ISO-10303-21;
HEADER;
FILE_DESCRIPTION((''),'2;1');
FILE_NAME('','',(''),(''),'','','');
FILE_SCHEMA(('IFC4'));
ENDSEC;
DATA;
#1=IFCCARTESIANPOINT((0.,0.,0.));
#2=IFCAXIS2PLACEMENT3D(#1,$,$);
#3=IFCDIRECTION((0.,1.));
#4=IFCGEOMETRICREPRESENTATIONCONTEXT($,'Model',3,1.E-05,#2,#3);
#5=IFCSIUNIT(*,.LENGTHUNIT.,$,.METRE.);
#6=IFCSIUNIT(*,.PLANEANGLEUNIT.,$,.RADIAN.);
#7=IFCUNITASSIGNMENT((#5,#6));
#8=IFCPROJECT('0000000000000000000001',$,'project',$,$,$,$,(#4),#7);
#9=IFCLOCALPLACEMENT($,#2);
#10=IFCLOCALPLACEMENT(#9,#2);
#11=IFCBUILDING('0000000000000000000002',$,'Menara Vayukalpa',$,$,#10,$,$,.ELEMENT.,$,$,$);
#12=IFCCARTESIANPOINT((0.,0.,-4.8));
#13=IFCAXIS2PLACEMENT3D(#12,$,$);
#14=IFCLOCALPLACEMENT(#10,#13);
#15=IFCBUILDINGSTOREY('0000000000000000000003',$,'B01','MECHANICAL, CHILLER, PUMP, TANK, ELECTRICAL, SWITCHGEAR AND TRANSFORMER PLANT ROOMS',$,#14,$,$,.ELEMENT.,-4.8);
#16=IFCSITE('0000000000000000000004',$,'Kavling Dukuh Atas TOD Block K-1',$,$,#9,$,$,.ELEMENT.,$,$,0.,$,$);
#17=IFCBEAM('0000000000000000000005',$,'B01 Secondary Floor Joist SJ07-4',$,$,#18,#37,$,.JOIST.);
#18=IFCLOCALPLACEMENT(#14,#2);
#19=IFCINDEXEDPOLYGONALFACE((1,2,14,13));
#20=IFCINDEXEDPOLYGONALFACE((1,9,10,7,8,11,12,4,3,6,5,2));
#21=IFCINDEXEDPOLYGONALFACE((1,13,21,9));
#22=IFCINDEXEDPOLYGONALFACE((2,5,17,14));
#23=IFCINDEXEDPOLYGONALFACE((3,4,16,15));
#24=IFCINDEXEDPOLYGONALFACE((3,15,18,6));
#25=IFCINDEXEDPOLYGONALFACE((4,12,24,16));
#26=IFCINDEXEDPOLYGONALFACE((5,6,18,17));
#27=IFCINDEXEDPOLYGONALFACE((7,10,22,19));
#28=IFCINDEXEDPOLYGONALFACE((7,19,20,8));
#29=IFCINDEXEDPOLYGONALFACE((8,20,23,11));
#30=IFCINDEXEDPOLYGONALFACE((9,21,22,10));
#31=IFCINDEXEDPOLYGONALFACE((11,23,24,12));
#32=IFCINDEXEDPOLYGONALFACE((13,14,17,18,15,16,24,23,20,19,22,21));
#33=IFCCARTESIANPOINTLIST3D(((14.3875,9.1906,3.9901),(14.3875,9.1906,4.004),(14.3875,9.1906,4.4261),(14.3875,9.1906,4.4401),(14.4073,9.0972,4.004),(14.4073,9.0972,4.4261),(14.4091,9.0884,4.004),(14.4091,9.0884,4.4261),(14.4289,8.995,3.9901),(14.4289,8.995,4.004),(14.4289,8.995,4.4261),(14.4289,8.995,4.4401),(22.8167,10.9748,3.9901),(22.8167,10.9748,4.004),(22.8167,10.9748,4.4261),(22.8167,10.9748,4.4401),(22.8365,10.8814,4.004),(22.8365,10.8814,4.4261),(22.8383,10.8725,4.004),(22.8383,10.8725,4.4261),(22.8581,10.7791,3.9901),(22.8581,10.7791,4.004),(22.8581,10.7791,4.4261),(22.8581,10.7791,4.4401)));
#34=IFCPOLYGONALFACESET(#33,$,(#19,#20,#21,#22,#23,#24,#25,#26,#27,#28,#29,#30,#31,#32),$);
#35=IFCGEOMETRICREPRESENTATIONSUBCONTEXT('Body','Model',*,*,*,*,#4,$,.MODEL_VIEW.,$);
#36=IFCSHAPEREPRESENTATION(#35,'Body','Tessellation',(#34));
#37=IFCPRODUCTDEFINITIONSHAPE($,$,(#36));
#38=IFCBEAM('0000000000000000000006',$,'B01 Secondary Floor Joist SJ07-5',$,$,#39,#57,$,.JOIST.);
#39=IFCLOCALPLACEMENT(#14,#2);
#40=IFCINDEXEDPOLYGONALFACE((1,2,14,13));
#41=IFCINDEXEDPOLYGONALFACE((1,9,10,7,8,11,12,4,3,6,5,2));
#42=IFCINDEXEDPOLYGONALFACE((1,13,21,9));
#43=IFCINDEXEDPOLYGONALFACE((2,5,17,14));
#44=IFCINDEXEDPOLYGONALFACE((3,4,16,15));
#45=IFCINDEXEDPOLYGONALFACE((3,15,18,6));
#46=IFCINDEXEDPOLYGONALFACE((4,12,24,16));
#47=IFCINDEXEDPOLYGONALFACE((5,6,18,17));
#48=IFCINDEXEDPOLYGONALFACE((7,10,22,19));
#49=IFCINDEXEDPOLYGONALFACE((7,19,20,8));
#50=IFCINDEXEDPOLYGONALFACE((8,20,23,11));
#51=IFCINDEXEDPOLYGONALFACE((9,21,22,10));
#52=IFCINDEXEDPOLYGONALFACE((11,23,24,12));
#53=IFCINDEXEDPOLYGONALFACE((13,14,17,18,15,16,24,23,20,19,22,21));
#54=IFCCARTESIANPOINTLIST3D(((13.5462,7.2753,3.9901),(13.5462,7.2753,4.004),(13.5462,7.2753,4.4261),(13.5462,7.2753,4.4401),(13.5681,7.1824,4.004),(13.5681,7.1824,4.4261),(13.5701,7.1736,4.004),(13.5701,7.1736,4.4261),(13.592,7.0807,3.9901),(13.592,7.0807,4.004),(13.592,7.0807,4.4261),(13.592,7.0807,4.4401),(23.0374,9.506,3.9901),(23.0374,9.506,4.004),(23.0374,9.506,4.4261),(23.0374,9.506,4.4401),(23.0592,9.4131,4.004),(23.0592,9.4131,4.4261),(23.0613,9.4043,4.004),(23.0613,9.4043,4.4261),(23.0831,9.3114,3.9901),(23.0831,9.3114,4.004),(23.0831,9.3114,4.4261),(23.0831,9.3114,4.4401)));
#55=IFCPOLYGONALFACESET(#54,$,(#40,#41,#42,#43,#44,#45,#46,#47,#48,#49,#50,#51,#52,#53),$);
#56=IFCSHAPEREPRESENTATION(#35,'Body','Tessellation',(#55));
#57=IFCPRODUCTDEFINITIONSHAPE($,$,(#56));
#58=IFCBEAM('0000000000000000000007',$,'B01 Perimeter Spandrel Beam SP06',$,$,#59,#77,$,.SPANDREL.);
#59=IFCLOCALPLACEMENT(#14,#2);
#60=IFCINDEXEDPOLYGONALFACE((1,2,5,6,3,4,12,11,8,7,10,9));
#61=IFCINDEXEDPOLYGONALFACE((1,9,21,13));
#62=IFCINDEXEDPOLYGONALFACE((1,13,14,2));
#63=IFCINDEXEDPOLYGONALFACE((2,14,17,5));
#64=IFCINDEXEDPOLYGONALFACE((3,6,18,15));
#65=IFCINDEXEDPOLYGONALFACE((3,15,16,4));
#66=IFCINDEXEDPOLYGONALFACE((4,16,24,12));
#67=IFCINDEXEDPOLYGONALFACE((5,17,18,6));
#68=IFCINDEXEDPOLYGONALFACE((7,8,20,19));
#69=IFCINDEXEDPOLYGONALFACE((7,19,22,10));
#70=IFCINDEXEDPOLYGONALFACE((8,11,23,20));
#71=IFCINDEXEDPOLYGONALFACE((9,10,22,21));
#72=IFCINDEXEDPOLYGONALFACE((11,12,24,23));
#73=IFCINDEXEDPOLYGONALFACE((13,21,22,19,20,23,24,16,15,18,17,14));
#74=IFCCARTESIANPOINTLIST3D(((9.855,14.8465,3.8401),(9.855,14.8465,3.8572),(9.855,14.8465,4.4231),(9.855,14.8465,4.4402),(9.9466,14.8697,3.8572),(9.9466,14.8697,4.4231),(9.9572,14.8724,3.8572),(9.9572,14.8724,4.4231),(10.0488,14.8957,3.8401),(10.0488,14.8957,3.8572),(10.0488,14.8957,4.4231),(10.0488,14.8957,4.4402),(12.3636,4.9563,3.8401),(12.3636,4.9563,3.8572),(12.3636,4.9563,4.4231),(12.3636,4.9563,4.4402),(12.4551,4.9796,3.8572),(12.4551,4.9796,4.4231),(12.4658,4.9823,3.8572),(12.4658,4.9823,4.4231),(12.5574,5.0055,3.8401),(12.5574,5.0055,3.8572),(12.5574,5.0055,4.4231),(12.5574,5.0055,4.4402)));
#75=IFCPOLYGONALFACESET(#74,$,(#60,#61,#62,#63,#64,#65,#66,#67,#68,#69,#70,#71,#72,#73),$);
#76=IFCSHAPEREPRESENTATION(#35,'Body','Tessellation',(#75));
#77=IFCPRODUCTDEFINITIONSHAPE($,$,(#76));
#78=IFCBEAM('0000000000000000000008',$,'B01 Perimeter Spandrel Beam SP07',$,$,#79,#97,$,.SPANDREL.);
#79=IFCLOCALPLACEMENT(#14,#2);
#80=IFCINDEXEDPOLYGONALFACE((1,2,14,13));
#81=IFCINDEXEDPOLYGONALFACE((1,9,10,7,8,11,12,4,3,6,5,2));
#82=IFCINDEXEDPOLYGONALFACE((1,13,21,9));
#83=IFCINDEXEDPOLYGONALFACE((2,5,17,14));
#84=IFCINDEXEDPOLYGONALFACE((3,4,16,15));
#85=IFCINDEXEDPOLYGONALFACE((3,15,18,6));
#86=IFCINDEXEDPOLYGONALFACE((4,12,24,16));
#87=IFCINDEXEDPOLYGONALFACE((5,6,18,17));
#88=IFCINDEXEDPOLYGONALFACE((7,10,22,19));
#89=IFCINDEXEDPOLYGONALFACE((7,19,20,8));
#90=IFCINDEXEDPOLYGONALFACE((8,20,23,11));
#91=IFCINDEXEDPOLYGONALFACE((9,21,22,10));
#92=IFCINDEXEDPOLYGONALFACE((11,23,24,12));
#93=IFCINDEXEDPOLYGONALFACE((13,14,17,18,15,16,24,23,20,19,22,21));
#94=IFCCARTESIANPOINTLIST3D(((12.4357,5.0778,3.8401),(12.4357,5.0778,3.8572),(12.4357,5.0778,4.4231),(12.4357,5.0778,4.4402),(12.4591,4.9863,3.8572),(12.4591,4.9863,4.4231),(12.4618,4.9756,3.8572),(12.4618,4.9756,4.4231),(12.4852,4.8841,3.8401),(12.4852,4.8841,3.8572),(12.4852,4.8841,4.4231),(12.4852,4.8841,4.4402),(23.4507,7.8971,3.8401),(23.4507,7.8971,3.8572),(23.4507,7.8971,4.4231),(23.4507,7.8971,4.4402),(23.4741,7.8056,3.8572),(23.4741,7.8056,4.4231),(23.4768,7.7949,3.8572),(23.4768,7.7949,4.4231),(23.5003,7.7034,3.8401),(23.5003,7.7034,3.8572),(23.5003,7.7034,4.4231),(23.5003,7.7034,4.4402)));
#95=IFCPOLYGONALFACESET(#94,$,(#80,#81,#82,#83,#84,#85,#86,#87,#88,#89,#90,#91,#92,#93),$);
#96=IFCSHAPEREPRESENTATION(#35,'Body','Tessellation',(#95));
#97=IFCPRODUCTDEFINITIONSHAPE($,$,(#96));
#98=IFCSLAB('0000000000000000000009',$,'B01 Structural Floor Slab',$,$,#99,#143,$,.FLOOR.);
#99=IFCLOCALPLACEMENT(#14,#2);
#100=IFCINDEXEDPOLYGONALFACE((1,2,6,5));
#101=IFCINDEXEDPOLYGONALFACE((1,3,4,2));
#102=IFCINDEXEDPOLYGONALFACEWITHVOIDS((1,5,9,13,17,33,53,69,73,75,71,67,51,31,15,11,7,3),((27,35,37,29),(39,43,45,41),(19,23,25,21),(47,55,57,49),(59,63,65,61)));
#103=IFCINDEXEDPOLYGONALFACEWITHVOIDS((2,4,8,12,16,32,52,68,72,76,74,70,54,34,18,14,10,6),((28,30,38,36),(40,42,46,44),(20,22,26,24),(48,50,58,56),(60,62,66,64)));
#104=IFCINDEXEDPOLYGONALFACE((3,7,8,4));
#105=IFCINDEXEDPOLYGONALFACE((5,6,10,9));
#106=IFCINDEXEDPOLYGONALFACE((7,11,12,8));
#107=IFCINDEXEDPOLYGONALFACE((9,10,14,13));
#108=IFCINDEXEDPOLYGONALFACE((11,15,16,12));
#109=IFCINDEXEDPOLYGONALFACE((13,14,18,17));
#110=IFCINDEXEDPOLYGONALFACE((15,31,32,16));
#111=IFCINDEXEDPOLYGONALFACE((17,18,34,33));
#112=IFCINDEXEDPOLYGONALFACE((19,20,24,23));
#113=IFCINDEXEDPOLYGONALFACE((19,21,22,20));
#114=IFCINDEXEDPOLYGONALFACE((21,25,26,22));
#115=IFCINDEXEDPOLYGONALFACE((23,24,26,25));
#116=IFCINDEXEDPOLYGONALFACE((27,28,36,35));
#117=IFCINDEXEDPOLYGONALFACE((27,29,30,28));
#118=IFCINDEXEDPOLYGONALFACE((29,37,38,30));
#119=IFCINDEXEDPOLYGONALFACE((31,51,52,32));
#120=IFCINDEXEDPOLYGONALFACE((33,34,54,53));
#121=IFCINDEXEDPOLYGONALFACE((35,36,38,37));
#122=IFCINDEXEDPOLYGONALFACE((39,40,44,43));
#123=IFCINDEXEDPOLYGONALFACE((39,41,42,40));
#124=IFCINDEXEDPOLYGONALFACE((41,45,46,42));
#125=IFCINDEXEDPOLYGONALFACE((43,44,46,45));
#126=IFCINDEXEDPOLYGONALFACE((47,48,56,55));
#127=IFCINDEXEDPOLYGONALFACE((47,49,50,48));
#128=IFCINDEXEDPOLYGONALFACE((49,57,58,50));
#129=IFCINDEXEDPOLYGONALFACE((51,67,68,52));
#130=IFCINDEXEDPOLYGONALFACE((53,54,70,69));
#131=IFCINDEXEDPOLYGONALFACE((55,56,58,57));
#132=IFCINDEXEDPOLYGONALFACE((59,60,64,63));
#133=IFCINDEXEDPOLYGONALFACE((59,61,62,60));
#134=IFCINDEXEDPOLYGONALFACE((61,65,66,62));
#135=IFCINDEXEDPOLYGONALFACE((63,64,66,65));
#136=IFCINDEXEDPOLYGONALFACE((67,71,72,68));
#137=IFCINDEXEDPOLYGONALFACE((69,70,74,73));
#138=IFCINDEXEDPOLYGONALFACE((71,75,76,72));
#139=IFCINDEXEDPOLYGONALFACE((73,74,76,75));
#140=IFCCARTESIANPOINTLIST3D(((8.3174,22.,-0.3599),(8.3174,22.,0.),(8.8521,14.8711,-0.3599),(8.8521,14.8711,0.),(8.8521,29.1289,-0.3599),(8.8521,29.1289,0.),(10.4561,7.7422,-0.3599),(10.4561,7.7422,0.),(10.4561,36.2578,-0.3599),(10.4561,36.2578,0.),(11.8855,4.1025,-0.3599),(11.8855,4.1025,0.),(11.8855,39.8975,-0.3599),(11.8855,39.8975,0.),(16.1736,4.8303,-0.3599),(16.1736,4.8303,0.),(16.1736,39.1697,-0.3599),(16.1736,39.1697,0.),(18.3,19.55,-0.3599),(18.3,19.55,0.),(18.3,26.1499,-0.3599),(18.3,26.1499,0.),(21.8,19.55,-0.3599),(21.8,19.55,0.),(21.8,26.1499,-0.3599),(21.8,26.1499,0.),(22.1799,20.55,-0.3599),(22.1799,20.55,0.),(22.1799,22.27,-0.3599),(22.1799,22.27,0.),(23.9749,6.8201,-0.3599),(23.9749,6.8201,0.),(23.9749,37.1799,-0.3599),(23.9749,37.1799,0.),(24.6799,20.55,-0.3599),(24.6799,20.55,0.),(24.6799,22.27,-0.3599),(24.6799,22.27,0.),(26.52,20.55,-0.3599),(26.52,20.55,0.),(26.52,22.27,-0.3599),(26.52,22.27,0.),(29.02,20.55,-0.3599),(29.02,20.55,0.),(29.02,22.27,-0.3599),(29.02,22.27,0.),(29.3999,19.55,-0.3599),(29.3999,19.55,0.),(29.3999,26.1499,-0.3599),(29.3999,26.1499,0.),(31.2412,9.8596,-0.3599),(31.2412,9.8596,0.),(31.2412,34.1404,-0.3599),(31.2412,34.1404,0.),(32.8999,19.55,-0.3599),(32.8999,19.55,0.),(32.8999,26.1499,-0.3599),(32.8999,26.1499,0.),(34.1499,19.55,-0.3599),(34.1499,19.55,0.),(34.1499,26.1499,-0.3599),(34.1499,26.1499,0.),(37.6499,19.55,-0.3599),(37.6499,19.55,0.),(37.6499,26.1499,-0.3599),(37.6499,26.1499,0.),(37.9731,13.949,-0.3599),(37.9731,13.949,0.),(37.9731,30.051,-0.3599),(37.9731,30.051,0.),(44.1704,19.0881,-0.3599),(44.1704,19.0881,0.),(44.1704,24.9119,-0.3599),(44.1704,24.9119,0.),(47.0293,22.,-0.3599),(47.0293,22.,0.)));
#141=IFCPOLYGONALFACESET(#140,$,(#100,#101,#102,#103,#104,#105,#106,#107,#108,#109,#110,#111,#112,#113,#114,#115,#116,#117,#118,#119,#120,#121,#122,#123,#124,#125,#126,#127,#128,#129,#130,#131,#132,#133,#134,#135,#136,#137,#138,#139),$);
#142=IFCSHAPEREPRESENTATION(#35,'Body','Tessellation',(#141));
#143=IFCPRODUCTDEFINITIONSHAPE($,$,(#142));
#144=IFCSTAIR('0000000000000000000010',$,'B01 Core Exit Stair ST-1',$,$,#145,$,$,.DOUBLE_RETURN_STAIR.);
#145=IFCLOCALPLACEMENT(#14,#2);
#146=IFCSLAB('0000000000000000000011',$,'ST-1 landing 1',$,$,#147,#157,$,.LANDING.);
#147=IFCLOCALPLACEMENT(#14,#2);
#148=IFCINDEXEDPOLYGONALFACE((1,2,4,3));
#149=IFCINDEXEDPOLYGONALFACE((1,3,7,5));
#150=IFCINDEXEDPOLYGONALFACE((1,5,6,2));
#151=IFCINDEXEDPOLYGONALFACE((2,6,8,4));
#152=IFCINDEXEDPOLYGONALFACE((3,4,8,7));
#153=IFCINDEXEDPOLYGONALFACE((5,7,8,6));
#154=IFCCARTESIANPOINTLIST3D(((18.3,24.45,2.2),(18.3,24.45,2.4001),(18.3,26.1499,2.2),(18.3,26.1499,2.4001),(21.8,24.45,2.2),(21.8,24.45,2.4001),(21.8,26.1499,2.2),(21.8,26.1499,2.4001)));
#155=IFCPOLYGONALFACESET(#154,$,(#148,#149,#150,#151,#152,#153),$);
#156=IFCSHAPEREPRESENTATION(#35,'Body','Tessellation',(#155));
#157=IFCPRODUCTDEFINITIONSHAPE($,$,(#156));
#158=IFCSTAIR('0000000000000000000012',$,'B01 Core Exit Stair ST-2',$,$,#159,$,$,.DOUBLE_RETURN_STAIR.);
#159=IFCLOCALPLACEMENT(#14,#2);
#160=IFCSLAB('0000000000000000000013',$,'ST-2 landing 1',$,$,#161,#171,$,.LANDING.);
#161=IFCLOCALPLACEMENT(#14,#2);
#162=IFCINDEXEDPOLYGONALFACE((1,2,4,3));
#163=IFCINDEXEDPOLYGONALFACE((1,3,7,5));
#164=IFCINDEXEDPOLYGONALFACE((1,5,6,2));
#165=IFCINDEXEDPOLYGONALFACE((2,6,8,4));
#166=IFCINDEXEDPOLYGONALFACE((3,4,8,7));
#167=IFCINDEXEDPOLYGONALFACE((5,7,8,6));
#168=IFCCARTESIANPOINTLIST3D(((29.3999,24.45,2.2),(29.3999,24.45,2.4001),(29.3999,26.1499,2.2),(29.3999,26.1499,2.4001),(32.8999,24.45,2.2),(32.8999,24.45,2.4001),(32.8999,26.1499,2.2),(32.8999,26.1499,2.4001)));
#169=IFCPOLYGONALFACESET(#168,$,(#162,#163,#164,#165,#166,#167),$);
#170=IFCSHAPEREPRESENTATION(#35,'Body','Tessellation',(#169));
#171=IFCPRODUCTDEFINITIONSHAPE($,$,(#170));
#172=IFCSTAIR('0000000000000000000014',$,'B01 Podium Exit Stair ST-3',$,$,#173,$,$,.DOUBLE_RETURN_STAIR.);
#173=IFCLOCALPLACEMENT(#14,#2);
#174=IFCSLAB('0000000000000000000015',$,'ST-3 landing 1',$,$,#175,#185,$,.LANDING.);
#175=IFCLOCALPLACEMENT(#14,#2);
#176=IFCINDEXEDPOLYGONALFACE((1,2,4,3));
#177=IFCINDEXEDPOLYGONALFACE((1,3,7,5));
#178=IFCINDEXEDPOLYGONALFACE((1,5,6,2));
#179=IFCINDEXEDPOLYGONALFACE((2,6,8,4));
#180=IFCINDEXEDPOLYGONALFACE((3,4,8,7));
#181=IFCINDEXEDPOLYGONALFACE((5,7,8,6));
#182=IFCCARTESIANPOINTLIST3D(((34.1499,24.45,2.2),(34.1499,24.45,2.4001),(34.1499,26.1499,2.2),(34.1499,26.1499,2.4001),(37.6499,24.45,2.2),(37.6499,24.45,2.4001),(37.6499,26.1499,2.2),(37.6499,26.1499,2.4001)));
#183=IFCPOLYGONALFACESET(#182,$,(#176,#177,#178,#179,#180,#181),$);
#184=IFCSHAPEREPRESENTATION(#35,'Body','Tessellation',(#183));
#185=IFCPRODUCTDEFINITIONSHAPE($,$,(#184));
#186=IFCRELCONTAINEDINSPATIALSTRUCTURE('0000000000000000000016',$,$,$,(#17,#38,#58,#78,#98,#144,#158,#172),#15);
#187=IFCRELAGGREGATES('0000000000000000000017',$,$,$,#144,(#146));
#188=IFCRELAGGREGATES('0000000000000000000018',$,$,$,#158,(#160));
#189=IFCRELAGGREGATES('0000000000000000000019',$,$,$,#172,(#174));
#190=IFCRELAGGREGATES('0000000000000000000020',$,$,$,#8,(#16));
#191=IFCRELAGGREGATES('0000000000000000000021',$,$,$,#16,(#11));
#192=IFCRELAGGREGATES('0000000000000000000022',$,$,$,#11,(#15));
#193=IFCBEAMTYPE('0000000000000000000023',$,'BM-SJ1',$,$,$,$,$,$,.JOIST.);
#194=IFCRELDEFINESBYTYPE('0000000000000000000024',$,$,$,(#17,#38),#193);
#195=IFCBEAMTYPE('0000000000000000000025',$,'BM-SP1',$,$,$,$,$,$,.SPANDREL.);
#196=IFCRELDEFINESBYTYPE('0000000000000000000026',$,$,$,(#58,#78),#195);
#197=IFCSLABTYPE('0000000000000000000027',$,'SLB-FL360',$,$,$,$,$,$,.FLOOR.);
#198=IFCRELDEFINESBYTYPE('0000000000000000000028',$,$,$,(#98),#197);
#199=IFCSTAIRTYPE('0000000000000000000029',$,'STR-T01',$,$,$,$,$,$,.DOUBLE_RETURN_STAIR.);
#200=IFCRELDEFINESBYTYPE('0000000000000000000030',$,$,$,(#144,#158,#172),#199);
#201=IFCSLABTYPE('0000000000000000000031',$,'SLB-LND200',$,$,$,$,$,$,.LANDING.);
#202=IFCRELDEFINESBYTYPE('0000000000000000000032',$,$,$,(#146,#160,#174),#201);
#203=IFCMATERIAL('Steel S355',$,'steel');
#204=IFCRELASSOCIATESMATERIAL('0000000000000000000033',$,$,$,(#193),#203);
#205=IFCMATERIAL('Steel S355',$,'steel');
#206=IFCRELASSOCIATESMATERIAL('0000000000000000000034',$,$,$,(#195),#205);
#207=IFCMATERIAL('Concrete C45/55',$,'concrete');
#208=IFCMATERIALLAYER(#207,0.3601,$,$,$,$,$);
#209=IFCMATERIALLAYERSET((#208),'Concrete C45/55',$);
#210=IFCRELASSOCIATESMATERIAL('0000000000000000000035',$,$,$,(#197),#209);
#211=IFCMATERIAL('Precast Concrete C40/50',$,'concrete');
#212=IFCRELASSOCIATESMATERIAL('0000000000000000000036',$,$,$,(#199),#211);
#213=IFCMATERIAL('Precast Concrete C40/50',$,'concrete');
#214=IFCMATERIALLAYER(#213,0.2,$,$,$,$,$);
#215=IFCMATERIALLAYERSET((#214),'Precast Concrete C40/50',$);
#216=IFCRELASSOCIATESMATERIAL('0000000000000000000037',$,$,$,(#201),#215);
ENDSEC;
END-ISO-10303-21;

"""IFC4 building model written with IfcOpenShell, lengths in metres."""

from ifc_helpers import new_model, si_unit, direction, frame, origin, origin_2d, place, context, subcontext, project, spatial, polyline, i_section, outline, extrude, material, layer, layer_set, material_profile, profile_set, type_object, element, aggregate, save


model = new_model("IFC4")

# Units and contexts
model_context = context("Model", 3, precision=1e-05, world=origin(), true_north=direction((0.0, 1.0)))
body_context = subcontext(model_context, "Body", "Model", "MODEL_VIEW")
ifc_project = project(units=[si_unit("LENGTHUNIT", "METRE"), si_unit("PLANEANGLEUNIT", "RADIAN")], contexts=[model_context])

# Site, building, storey
site_placement = place(None, origin())
site = spatial("IfcSite", under=ifc_project, at=site_placement, Name="Kavling Dukuh Atas TOD Block K-1", CompositionType="ELEMENT", RefElevation=0.0)
building_placement = place(site_placement, origin())
building = spatial("IfcBuilding", under=site, at=building_placement, Name="Menara Vayukalpa", CompositionType="ELEMENT")
storey_placement = place(building_placement, frame((0.0, 0.0, -4.8)))
storey = spatial("IfcBuildingStorey", under=building, at=storey_placement, Name="B01", Description="MECHANICAL, CHILLER, PUMP, TANK, ELECTRICAL, SWITCHGEAR AND TRANSFORMER PLANT ROOMS", CompositionType="ELEMENT", Elevation=-4.8)

# Beams
ifc_material_1 = material(Name="Steel S355", Category="steel")
ifc_material_profile_1 = material_profile(ifc_material_1, i_section(OverallWidth=0.2, OverallDepth=0.45, WebThickness=0.009, FlangeThickness=0.0139, at=origin_2d()), Name="WF 450x200x9x14")
ifc_profile_set_1 = profile_set([ifc_material_profile_1], Name="Steel S355")
beam_type_1 = type_object("IfcBeamType", Name="BM-SJ1", PredefinedType="JOIST", material=ifc_profile_set_1)
beam_1_placement = place(storey_placement, frame((14.4082, 9.0928, 4.2151), z_axis=(0.978324, 0.207079, 0.0), x_axis=(-0.207079, 0.978324, 0.0)))
element("IfcBeam", 1, at=beam_1_placement, inside=storey, type_object=beam_type_1, Name="B01 Secondary Floor Joist SJ07-4", PredefinedType="JOIST", context=body_context, shape_type="SweptSolid", body=[
    extrude(i_section(OverallWidth=0.2, OverallDepth=0.45, WebThickness=0.009, FlangeThickness=0.0139, at=origin_2d()), origin(), (0.0, 0.0, 1.0), 8.616),
])
beam_2_placement = place(storey_placement, frame((13.5691, 7.178, 4.2151), z_axis=(0.973475, 0.228795, 0.0), x_axis=(-0.228795, 0.973475, 0.0)))
element("IfcBeam", 2, at=beam_2_placement, inside=storey, type_object=beam_type_1, Name="B01 Secondary Floor Joist SJ07-5", PredefinedType="JOIST", context=body_context, shape_type="SweptSolid", body=[
    extrude(i_section(OverallWidth=0.2, OverallDepth=0.45, WebThickness=0.009, FlangeThickness=0.0139, at=origin_2d()), origin(), (0.0, 0.0, 1.0), 9.7498),
])
ifc_material_2 = material(Name="Steel S355", Category="steel")
ifc_material_profile_2 = material_profile(ifc_material_2, i_section(OverallWidth=0.2, OverallDepth=0.6001, WebThickness=0.011, FlangeThickness=0.0171, at=origin_2d()), Name="WF 600x200x11x17")
ifc_profile_set_2 = profile_set([ifc_material_profile_2], Name="Steel S355")
beam_type_2 = type_object("IfcBeamType", Name="BM-SP1", PredefinedType="SPANDREL", material=ifc_profile_set_2)
beam_3_placement = place(storey_placement, frame((9.9519, 14.8711, 4.1401), z_axis=(0.245856, -0.969306, 0.0), x_axis=(0.969306, 0.245856, 0.0)))
element("IfcBeam", 3, at=beam_3_placement, inside=storey, type_object=beam_type_2, Name="B01 Perimeter Spandrel Beam SP06", PredefinedType="SPANDREL", context=body_context, shape_type="SweptSolid", body=[
    extrude(i_section(OverallWidth=0.2, OverallDepth=0.6001, WebThickness=0.011, FlangeThickness=0.0171, at=origin_2d()), origin(), (0.0, 0.0, 1.0), 10.2034),
])
beam_4_placement = place(storey_placement, frame((12.4604, 4.981, 4.1401), z_axis=(0.968771, 0.247958, 0.0), x_axis=(-0.247958, 0.968771, 0.0)))
element("IfcBeam", 4, at=beam_4_placement, inside=storey, type_object=beam_type_2, Name="B01 Perimeter Spandrel Beam SP07", PredefinedType="SPANDREL", context=body_context, shape_type="SweptSolid", body=[
    extrude(i_section(OverallWidth=0.2, OverallDepth=0.6001, WebThickness=0.011, FlangeThickness=0.0171, at=origin_2d()), origin(), (0.0, 0.0, 1.0), 11.3701),
])

# Slab
ifc_material_3 = material(Name="Concrete C45/55", Category="concrete")
ifc_layer_1 = layer(ifc_material_3, 0.3601)
ifc_layer_set_1 = layer_set([ifc_layer_1], Name="Concrete C45/55")
slab_type_1 = type_object("IfcSlabType", Name="SLB-FL360", PredefinedType="FLOOR", material=ifc_layer_set_1)
slab_1_placement = place(storey_placement, frame((0.0, 0.0, -0.3599)))
element("IfcSlab", 5, at=slab_1_placement, inside=storey, type_object=slab_type_1, Name="B01 Structural Floor Slab", PredefinedType="FLOOR", context=body_context, shape_type="SweptSolid", body=[
    extrude(outline(polyline([(44.1704, 19.0881), (47.0293, 22.0), (44.1704, 24.9119), (37.9731, 30.051), (31.2412, 34.1404), (23.9749, 37.1799), (16.1736, 39.1697), (11.8855, 39.8975), (10.4561, 36.2578), (8.8521, 29.1289), (8.3174, 22.0), (8.8521, 14.8711), (10.4561, 7.7422), (11.8855, 4.1025), (16.1736, 4.8303), (23.9749, 6.8201), (31.2412, 9.8596), (37.9731, 13.949), (44.1704, 19.0881)]), holes=[polyline([(21.8, 19.55), (21.8, 26.1499), (18.3, 26.1499), (18.3, 19.55), (21.8, 19.55)]), polyline([(32.8999, 19.55), (32.8999, 26.1499), (29.3999, 26.1499), (29.3999, 19.55), (32.8999, 19.55)]), polyline([(37.6499, 19.55), (37.6499, 26.1499), (34.1499, 26.1499), (34.1499, 19.55), (37.6499, 19.55)]), polyline([(22.1799, 20.55), (24.6799, 20.55), (24.6799, 22.27), (22.1799, 22.27), (22.1799, 20.55)]), polyline([(26.52, 20.55), (29.02, 20.55), (29.02, 22.27), (26.52, 22.27), (26.52, 20.55)])]), origin(), (0.0, 0.0, 1.0), 0.3599),
])

# Stairs, slabs
ifc_material_4 = material(Name="Precast Concrete C40/50", Category="concrete")
stair_type = type_object("IfcStairType", Name="STR-T01", PredefinedType="DOUBLE_RETURN_STAIR", material=ifc_material_4)
stair_1_placement = place(storey_placement, origin())
stair_1 = element("IfcStair", 6, at=stair_1_placement, inside=storey, type_object=stair_type, Name="B01 Core Exit Stair ST-1", PredefinedType="DOUBLE_RETURN_STAIR")
ifc_material_5 = material(Name="Precast Concrete C40/50", Category="concrete")
ifc_layer_2 = layer(ifc_material_5, 0.2)
ifc_layer_set_2 = layer_set([ifc_layer_2], Name="Precast Concrete C40/50")
slab_type_2 = type_object("IfcSlabType", Name="SLB-LND200", PredefinedType="LANDING", material=ifc_layer_set_2)
slab_2_placement = place(storey_placement, frame((0.0, 0.0, 2.2)))
slab_2 = element("IfcSlab", 7, at=slab_2_placement, type_object=slab_type_2, Name="ST-1 landing 1", PredefinedType="LANDING", context=body_context, shape_type="SweptSolid", body=[
    extrude(outline(polyline([(21.8, 24.45), (21.8, 26.1499), (18.3, 26.1499), (18.3, 24.45), (21.8, 24.45)])), origin(), (0.0, 0.0, 1.0), 0.2002),
])
aggregate(stair_1, [slab_2])
stair_2_placement = place(storey_placement, origin())
stair_2 = element("IfcStair", 8, at=stair_2_placement, inside=storey, type_object=stair_type, Name="B01 Core Exit Stair ST-2", PredefinedType="DOUBLE_RETURN_STAIR")
slab_3_placement = place(storey_placement, frame((0.0, 0.0, 2.2)))
slab_3 = element("IfcSlab", 9, at=slab_3_placement, type_object=slab_type_2, Name="ST-2 landing 1", PredefinedType="LANDING", context=body_context, shape_type="SweptSolid", body=[
    extrude(outline(polyline([(32.8999, 24.45), (32.8999, 26.1499), (29.3999, 26.1499), (29.3999, 24.45), (32.8999, 24.45)])), origin(), (0.0, 0.0, 1.0), 0.2002),
])
aggregate(stair_2, [slab_3])
stair_3_placement = place(storey_placement, origin())
stair_3 = element("IfcStair", 10, at=stair_3_placement, inside=storey, type_object=stair_type, Name="B01 Podium Exit Stair ST-3", PredefinedType="DOUBLE_RETURN_STAIR")
slab_4_placement = place(storey_placement, frame((0.0, 0.0, 2.2)))
slab_4 = element("IfcSlab", 11, at=slab_4_placement, type_object=slab_type_2, Name="ST-3 landing 1", PredefinedType="LANDING", context=body_context, shape_type="SweptSolid", body=[
    extrude(outline(polyline([(37.6499, 24.45), (37.6499, 26.1499), (34.1499, 26.1499), (34.1499, 24.45), (37.6499, 24.45)])), origin(), (0.0, 0.0, 1.0), 0.2002),
])
aggregate(stair_3, [slab_4])

save(model, "model.ifc")
